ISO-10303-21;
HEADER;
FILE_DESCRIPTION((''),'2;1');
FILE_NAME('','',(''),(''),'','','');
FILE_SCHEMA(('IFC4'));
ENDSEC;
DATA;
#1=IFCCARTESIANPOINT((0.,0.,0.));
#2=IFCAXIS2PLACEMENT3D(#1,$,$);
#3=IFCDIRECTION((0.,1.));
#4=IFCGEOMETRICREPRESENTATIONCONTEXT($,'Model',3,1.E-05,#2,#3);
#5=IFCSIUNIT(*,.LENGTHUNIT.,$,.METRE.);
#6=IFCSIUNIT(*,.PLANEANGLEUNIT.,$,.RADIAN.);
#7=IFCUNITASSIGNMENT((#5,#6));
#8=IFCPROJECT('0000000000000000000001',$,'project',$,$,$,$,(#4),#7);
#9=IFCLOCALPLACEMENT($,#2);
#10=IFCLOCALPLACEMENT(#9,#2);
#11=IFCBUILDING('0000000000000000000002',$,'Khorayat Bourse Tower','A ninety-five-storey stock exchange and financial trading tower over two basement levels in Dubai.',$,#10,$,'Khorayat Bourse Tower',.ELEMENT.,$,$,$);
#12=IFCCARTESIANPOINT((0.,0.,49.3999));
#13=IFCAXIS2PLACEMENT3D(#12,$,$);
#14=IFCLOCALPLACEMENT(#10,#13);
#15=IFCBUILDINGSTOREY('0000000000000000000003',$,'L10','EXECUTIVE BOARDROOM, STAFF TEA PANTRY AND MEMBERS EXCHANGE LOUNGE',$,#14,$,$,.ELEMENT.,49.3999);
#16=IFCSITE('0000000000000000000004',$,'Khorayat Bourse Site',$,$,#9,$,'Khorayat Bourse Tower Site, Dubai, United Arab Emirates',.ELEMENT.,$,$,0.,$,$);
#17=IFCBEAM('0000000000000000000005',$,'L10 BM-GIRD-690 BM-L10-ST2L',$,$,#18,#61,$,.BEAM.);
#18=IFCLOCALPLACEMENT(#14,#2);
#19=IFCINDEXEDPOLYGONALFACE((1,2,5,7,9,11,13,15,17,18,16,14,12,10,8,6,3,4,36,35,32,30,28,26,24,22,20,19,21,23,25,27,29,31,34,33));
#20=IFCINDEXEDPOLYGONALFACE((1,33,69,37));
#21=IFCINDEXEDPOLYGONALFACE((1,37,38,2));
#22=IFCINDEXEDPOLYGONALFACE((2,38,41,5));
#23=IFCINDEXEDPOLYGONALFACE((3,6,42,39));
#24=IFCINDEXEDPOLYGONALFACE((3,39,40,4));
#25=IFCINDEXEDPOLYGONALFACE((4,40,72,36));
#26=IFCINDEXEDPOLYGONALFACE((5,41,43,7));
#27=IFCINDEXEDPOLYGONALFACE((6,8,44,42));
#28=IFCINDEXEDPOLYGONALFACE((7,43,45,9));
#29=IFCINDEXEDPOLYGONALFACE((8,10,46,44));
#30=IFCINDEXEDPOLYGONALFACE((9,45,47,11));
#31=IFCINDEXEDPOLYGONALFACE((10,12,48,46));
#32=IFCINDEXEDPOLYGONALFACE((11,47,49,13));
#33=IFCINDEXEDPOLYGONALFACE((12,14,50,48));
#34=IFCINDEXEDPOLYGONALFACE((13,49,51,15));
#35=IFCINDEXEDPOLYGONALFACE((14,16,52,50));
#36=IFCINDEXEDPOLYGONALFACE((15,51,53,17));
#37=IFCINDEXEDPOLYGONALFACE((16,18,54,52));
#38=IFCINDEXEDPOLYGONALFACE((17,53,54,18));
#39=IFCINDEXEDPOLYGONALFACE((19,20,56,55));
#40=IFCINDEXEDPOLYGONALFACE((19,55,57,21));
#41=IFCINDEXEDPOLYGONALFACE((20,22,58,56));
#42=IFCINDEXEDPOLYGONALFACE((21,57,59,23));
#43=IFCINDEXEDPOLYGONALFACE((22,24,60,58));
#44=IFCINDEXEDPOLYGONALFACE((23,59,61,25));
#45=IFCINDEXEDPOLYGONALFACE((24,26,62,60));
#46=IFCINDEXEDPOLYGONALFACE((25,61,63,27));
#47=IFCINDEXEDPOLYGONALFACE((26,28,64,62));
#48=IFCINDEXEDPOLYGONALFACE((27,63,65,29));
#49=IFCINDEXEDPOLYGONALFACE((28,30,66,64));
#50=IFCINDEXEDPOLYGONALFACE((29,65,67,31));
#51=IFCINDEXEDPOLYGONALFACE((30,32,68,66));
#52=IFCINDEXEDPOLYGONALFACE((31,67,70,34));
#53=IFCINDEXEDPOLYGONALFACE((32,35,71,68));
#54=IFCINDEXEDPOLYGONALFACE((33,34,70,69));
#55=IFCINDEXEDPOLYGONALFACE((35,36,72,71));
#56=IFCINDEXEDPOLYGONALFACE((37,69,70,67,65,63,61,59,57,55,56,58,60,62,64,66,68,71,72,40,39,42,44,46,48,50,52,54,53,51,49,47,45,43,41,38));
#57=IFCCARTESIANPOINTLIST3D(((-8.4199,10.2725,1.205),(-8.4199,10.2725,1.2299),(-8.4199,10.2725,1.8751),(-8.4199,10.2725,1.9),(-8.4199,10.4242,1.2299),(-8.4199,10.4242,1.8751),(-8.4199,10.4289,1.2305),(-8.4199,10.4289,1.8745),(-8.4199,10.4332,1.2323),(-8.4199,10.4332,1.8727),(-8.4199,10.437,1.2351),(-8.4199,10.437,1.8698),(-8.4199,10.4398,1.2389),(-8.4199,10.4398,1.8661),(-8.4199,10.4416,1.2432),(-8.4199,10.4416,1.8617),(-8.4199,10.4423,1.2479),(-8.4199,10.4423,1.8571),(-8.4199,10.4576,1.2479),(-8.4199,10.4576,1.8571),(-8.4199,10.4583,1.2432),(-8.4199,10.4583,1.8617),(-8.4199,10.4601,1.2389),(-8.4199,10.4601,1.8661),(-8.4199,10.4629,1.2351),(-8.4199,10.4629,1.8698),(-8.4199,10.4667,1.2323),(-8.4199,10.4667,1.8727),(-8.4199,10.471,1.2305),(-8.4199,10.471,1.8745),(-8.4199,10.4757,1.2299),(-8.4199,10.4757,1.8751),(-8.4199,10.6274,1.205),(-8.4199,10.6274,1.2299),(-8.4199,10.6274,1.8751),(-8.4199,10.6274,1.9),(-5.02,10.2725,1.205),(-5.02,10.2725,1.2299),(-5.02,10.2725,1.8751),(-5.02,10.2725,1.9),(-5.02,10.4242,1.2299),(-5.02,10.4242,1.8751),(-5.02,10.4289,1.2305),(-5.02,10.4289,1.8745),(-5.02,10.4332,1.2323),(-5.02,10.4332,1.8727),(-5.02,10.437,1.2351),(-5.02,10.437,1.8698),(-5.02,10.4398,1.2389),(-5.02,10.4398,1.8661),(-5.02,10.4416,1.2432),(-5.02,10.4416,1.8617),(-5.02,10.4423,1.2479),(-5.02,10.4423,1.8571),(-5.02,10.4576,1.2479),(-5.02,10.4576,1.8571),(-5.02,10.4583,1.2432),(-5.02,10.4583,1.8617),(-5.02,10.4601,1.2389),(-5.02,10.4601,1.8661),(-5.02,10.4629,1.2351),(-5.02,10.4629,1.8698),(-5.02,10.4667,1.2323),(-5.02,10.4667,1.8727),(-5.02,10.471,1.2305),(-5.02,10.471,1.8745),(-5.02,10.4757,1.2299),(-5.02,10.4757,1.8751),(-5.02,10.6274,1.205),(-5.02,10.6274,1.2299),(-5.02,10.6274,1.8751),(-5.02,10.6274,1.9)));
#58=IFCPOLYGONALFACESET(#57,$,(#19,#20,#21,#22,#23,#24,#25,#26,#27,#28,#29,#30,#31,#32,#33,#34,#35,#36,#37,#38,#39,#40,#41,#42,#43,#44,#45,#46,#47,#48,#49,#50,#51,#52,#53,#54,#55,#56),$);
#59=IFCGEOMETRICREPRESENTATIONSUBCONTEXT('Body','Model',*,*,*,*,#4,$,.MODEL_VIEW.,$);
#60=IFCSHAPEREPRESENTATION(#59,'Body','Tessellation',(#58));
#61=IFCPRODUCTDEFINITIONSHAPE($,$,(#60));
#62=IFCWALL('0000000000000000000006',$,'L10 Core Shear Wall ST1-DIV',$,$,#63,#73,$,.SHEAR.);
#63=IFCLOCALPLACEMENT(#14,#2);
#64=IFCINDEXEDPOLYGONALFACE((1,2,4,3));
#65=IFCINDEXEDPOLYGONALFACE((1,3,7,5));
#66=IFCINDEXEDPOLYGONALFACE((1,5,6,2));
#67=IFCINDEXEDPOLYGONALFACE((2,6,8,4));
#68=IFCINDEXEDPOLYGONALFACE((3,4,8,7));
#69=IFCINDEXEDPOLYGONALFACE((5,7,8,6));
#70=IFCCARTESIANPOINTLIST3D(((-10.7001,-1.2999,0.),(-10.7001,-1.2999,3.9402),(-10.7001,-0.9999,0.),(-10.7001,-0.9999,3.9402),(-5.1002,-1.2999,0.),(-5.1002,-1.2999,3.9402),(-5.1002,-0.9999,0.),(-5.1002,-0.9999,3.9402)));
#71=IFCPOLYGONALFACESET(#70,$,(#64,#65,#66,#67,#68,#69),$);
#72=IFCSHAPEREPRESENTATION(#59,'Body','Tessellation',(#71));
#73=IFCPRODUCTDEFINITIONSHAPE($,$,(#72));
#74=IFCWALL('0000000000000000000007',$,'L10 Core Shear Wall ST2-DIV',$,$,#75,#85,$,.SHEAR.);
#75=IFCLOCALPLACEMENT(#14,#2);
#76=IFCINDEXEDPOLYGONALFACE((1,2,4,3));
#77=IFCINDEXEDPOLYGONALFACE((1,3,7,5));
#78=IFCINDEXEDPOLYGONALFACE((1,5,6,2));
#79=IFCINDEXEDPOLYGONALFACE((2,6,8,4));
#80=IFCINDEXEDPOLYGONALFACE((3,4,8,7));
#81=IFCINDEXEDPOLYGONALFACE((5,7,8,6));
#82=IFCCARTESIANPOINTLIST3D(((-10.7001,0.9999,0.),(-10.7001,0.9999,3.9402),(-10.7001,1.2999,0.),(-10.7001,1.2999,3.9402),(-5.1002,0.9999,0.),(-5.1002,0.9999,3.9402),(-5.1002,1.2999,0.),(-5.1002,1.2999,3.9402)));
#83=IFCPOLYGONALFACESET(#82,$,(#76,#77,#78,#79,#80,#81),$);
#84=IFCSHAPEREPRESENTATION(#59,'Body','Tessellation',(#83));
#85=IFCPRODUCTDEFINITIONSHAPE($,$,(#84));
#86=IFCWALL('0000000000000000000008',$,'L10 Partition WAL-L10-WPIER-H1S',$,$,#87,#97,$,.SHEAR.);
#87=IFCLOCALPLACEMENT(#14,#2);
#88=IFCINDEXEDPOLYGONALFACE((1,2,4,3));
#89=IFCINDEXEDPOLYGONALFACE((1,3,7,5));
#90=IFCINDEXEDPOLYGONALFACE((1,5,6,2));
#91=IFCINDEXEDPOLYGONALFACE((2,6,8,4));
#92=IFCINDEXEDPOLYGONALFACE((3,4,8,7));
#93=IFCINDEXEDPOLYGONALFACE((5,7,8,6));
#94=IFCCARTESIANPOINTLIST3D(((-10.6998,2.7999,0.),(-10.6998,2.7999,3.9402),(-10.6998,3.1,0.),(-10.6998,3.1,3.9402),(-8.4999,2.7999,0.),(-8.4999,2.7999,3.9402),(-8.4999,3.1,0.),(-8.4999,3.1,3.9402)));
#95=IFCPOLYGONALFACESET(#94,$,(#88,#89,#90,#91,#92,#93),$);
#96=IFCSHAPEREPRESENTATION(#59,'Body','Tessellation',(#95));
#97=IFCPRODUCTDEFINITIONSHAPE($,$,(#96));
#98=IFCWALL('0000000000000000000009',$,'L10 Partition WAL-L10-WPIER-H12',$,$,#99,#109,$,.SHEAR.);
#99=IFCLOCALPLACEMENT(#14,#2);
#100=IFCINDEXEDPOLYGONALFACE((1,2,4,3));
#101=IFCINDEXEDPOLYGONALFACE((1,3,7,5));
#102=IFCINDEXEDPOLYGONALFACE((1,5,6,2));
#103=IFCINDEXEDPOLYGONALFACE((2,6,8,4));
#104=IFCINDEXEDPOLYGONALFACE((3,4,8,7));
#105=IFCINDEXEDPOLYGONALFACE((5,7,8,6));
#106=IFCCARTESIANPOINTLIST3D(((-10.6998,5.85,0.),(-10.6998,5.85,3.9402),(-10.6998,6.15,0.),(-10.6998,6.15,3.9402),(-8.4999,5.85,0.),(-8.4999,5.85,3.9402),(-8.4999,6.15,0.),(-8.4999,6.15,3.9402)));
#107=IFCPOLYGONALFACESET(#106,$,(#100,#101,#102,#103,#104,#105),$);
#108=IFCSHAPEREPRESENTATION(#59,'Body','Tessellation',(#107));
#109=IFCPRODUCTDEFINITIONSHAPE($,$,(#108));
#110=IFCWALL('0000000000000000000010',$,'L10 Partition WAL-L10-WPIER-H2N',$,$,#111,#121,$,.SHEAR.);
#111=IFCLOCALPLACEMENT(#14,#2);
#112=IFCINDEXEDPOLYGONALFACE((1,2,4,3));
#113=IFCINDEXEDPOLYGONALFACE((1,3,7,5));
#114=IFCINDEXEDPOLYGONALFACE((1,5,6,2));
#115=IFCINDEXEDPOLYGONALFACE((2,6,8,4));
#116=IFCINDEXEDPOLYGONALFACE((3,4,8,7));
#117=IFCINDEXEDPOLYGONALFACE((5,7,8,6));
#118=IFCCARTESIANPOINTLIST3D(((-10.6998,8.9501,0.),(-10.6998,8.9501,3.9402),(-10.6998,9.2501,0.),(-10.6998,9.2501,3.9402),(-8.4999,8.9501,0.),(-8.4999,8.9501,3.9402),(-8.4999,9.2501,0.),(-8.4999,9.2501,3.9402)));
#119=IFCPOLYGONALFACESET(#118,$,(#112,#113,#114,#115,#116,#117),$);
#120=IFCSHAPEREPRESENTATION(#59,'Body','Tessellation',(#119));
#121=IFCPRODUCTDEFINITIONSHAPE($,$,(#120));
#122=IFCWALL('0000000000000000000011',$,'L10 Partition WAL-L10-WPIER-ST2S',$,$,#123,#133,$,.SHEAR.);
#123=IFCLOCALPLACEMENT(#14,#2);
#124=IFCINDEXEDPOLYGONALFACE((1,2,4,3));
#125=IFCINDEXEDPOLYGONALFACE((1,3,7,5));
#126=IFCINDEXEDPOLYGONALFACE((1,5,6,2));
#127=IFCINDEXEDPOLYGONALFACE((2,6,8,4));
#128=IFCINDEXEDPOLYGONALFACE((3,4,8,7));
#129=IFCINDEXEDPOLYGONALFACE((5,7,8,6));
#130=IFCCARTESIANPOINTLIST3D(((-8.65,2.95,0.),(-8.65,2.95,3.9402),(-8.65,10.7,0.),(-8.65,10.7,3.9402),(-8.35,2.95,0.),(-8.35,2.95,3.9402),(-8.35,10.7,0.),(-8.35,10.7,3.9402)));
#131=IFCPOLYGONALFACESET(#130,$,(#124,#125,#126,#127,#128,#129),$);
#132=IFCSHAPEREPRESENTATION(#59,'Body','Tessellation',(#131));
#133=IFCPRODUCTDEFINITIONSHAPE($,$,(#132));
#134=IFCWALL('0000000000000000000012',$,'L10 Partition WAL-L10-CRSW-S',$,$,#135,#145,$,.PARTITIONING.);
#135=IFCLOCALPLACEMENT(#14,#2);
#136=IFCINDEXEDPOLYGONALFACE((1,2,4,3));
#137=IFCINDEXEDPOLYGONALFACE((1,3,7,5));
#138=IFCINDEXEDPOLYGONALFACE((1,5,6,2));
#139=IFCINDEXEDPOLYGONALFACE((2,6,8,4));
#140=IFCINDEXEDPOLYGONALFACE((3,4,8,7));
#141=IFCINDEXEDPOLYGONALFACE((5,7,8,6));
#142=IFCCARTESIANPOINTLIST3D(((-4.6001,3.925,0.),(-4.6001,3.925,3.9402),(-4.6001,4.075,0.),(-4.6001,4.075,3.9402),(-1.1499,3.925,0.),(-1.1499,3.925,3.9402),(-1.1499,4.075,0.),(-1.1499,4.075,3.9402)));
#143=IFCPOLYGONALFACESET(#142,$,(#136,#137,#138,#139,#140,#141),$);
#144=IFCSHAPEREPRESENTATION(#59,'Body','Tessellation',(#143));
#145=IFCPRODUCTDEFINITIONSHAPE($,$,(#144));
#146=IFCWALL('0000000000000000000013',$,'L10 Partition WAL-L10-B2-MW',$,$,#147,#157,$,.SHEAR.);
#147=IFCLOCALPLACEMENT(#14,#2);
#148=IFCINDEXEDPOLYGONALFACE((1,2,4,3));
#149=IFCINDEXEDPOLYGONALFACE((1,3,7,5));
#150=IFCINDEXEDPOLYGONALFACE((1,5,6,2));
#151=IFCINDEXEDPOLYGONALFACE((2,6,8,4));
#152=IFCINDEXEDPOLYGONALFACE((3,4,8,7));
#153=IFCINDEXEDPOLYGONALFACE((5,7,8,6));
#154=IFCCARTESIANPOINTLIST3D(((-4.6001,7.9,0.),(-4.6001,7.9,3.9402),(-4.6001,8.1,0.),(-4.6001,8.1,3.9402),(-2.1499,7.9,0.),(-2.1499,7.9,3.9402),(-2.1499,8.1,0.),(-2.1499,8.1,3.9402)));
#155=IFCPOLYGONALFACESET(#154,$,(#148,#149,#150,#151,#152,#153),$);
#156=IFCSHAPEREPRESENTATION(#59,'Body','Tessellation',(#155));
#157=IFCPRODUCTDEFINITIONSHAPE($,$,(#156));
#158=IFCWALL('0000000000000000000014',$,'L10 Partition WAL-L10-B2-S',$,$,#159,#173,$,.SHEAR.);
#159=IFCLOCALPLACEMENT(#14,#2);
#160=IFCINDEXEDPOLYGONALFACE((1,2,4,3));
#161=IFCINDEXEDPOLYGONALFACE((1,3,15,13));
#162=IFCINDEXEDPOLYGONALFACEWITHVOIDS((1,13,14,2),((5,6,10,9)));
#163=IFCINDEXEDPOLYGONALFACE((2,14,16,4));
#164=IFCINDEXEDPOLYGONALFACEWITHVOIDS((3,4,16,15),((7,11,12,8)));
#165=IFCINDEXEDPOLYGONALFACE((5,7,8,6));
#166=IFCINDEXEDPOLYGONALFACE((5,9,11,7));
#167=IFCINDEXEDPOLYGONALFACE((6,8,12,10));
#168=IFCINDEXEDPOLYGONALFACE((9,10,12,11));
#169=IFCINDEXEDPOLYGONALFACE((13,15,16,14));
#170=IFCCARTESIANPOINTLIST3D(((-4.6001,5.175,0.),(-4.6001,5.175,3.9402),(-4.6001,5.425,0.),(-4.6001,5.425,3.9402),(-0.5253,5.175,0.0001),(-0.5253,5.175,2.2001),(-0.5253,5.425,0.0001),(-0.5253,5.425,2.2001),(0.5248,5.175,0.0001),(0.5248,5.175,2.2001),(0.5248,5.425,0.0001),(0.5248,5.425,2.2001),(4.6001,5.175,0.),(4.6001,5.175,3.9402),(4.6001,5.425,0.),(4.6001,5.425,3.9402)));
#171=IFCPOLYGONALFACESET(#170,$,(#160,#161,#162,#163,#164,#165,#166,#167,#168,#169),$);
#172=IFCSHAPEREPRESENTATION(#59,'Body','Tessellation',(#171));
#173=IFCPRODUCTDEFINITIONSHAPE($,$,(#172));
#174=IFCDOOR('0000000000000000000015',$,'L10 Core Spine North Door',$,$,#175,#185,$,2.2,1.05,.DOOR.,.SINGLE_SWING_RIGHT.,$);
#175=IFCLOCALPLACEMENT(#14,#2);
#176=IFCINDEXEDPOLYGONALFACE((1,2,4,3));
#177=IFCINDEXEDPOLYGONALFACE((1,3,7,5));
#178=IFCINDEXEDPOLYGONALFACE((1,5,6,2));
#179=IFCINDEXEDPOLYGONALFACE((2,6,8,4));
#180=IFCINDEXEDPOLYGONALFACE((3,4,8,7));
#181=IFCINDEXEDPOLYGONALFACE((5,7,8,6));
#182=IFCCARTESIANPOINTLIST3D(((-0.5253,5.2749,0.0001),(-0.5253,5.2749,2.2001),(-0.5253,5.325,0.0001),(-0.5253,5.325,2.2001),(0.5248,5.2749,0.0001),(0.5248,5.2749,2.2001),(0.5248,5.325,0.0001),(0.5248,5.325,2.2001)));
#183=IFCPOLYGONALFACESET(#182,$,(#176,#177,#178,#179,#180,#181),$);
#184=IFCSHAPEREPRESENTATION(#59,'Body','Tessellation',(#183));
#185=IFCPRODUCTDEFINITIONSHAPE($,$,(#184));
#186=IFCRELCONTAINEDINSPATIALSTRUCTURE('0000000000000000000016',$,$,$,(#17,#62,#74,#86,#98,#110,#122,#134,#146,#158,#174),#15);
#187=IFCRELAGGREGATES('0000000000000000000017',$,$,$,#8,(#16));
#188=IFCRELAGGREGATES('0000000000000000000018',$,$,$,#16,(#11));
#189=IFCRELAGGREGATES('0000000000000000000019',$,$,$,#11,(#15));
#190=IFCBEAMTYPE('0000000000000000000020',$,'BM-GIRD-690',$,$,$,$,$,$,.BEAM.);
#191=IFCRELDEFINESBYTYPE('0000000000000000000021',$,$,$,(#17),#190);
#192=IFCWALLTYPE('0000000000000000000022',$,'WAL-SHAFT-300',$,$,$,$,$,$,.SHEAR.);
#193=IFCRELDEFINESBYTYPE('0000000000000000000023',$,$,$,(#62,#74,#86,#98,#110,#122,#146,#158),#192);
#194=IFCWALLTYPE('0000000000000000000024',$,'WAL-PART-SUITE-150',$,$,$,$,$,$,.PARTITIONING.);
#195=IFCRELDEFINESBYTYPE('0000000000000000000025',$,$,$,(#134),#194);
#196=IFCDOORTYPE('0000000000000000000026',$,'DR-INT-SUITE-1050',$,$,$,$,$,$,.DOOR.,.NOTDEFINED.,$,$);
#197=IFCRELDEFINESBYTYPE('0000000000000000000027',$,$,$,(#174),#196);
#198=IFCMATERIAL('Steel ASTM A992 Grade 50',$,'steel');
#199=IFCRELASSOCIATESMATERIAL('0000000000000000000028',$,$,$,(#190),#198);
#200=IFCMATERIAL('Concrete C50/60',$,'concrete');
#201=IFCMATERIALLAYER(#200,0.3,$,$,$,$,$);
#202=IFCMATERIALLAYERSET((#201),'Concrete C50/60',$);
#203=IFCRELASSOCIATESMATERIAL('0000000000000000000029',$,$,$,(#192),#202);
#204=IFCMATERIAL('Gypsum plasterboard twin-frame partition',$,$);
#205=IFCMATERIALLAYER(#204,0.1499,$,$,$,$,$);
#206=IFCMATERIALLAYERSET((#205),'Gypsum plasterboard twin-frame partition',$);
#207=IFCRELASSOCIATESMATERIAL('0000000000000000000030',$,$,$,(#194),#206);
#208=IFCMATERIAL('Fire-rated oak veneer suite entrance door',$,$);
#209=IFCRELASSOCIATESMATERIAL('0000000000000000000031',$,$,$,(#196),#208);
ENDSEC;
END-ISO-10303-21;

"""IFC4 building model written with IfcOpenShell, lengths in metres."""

from ifc_helpers import new_model, si_unit, direction, frame, frame_2d, origin, origin_2d, place, context, subcontext, project, spatial, rectangle, i_section, extrude, source, transform, mapped, material, layer, layer_set, material_profile, profile_set, type_object, element, fill, save


model = new_model("IFC4")

# Units and contexts
model_context = context("Model", 3, precision=1e-05, world=origin(), true_north=direction((0.0, 1.0)))
body_context = subcontext(model_context, "Body", "Model", "MODEL_VIEW")
ifc_project = project(units=[si_unit("LENGTHUNIT", "METRE"), si_unit("PLANEANGLEUNIT", "RADIAN")], contexts=[model_context])

# Site, building, storey
site_placement = place(None, origin())
site = spatial("IfcSite", under=ifc_project, at=site_placement, Name="Khorayat Bourse Site", LongName="Khorayat Bourse Tower Site, Dubai, United Arab Emirates", CompositionType="ELEMENT", RefElevation=0.0)
building_placement = place(site_placement, origin())
building = spatial("IfcBuilding", under=site, at=building_placement, Name="Khorayat Bourse Tower", Description="A ninety-five-storey stock exchange and financial trading tower over two basement levels in Dubai.", LongName="Khorayat Bourse Tower", CompositionType="ELEMENT")
storey_placement = place(building_placement, frame((0.0, 0.0, 49.3999)))
storey = spatial("IfcBuildingStorey", under=building, at=storey_placement, Name="L10", Description="EXECUTIVE BOARDROOM, STAFF TEA PANTRY AND MEMBERS EXCHANGE LOUNGE", CompositionType="ELEMENT", Elevation=49.3999)

# Beam
ifc_material_1 = material(Name="Steel ASTM A992 Grade 50", Category="steel")
ifc_material_profile_1 = material_profile(ifc_material_1, i_section(OverallWidth=0.355, OverallDepth=0.6951, WebThickness=0.0154, FlangeThickness=0.0249, FilletRadius=0.0181, at=origin_2d()), Name="W690X217")
ifc_profile_set_1 = profile_set([ifc_material_profile_1], Name="Steel ASTM A992 Grade 50")
beam_type_1 = type_object("IfcBeamType", Name="BM-GIRD-690", PredefinedType="BEAM", material=ifc_profile_set_1)
shared_shape_1 = source(origin(), body_context, "Body", "SweptSolid", [
    extrude(i_section(OverallWidth=0.355, OverallDepth=0.6951, WebThickness=0.0154, FlangeThickness=0.0249, FilletRadius=0.0181, at=origin_2d()), origin(), (0.0, 0.0, 1.0), 3.3999),
])
beam_1_placement = place(storey_placement, frame((-8.4199, 10.45, 1.5525), z_axis=(1.0, 0.0, 0.0), x_axis=(0.0, 1.0, 0.0)))
element("IfcBeam", 1, at=beam_1_placement, inside=storey, type_object=beam_type_1, Name="L10 BM-GIRD-690 BM-L10-ST2L", PredefinedType="BEAM", context=body_context, shape_type="MappedRepresentation", body=[
    mapped(shared_shape_1, transform((0.0, 0.0, 0.0), scale=1.0)),
])

# Walls
ifc_material_2 = material(Name="Concrete C50/60", Category="concrete")
ifc_layer_1 = layer(ifc_material_2, 0.3)
ifc_layer_set_1 = layer_set([ifc_layer_1], Name="Concrete C50/60")
wall_type_1 = type_object("IfcWallType", Name="WAL-SHAFT-300", PredefinedType="SHEAR", material=ifc_layer_set_1)
shared_shape_2 = source(origin(), body_context, "Body", "SweptSolid", [
    extrude(rectangle(XDim=5.5999, YDim=0.3, at=frame_2d((2.7998, 0.0))), origin(), (0.0, 0.0, 1.0), 3.9402),
])
for number, where, z_axis, x_axis, name in (
    (2, (-10.7, -1.1499, 0.0), (0.0, 0.0, 1.0), (1.0, 0.0, 0.0), "L10 Core Shear Wall ST1-DIV"),
    (3, (-10.7, 1.1499, 0.0), (0.0, 0.0, 1.0), (1.0, 0.0, 0.0), "L10 Core Shear Wall ST2-DIV"),
):
    element("IfcWall", number, at=place(storey_placement, frame(where, z_axis=z_axis, x_axis=x_axis)), inside=storey, type_object=wall_type_1, Name=name, PredefinedType="SHEAR", context=body_context, shape_type="MappedRepresentation", body=[
        mapped(shared_shape_2, transform((0.0, 0.0, 0.0), scale=1.0)),
    ])
shared_shape_3 = source(origin(), body_context, "Body", "SweptSolid", [
    extrude(rectangle(XDim=2.2, YDim=0.3, at=frame_2d((1.1001, 0.0))), origin(), (0.0, 0.0, 1.0), 3.9402),
])
for number, where, z_axis, x_axis, name in (
    (4, (-10.7, 2.95, 0.0), (0.0, 0.0, 1.0), (1.0, 0.0, 0.0), "L10 Partition WAL-L10-WPIER-H1S"),
    (5, (-10.7, 6.0, 0.0), (0.0, 0.0, 1.0), (1.0, 0.0, 0.0), "L10 Partition WAL-L10-WPIER-H12"),
    (6, (-10.7, 9.1001, 0.0), (0.0, 0.0, 1.0), (1.0, 0.0, 0.0), "L10 Partition WAL-L10-WPIER-H2N"),
):
    element("IfcWall", number, at=place(storey_placement, frame(where, z_axis=z_axis, x_axis=x_axis)), inside=storey, type_object=wall_type_1, Name=name, PredefinedType="SHEAR", context=body_context, shape_type="MappedRepresentation", body=[
        mapped(shared_shape_3, transform((0.0, 0.0, 0.0), scale=1.0)),
    ])
shared_shape_4 = source(origin(), body_context, "Body", "SweptSolid", [
    extrude(rectangle(XDim=7.75, YDim=0.3, at=frame_2d((3.875, 0.0))), origin(), (0.0, 0.0, 1.0), 3.9402),
])
wall_1_placement = place(storey_placement, frame((-8.5, 2.95, 0.0), z_axis=(0.0, 0.0, 1.0), x_axis=(0.0, 1.0, 0.0)))
element("IfcWall", 7, at=wall_1_placement, inside=storey, type_object=wall_type_1, Name="L10 Partition WAL-L10-WPIER-ST2S", PredefinedType="SHEAR", context=body_context, shape_type="MappedRepresentation", body=[
    mapped(shared_shape_4, transform((0.0, 0.0, 0.0), scale=1.0)),
])
ifc_material_3 = material(Name="Gypsum plasterboard twin-frame partition")
ifc_layer_2 = layer(ifc_material_3, 0.1499)
ifc_layer_set_2 = layer_set([ifc_layer_2], Name="Gypsum plasterboard twin-frame partition")
wall_type_2 = type_object("IfcWallType", Name="WAL-PART-SUITE-150", PredefinedType="PARTITIONING", material=ifc_layer_set_2)
shared_shape_5 = source(origin(), body_context, "Body", "SweptSolid", [
    extrude(rectangle(XDim=3.4502, YDim=0.1499, at=frame_2d((1.7251, 0.0))), origin(), (0.0, 0.0, 1.0), 3.9402),
])
wall_2_placement = place(storey_placement, frame((-4.6001, 4.0, 0.0), z_axis=(0.0, 0.0, 1.0), x_axis=(1.0, 0.0, 0.0)))
element("IfcWall", 8, at=wall_2_placement, inside=storey, type_object=wall_type_2, Name="L10 Partition WAL-L10-CRSW-S", PredefinedType="PARTITIONING", context=body_context, shape_type="MappedRepresentation", body=[
    mapped(shared_shape_5, transform((0.0, 0.0, 0.0), scale=1.0)),
])
shared_shape_6 = source(origin(), body_context, "Body", "SweptSolid", [
    extrude(rectangle(XDim=2.4502, YDim=0.2, at=frame_2d((1.2251, 0.0))), origin(), (0.0, 0.0, 1.0), 3.9402),
])
wall_3_placement = place(storey_placement, frame((-4.6001, 8.0, 0.0), z_axis=(0.0, 0.0, 1.0), x_axis=(1.0, 0.0, 0.0)))
element("IfcWall", 9, at=wall_3_placement, inside=storey, type_object=wall_type_1, Name="L10 Partition WAL-L10-B2-MW", PredefinedType="SHEAR", context=body_context, shape_type="MappedRepresentation", body=[
    mapped(shared_shape_6, transform((0.0, 0.0, 0.0), scale=1.0)),
])

# Wall, opening, door
shared_shape_7 = source(origin(), body_context, "Body", "SweptSolid", [
    extrude(rectangle(XDim=9.2002, YDim=0.25, at=frame_2d((4.6001, 0.0))), origin(), (0.0, 0.0, 1.0), 3.9402),
])
wall_4_placement = place(storey_placement, frame((-4.6001, 5.3, 0.0), z_axis=(0.0, 0.0, 1.0), x_axis=(1.0, 0.0, 0.0)))
wall_4 = element("IfcWall", 10, at=wall_4_placement, inside=storey, type_object=wall_type_1, Name="L10 Partition WAL-L10-B2-S", PredefinedType="SHEAR", context=body_context, shape_type="MappedRepresentation", body=[
    mapped(shared_shape_7, transform((0.0, 0.0, 0.0), scale=1.0)),
])
shared_shape_8 = source(origin(), body_context, "Body", "SweptSolid", [
    extrude(rectangle(XDim=1.05, YDim=2.2, at=frame_2d((0.5249, 1.1001))), frame((0.0, 0.135, 0.0), z_axis=(0.0, -1.0, 0.0), x_axis=(1.0, 0.0, 0.0)), (0.0, 0.0, 1.0), 0.27),
])
opening_placement = place(wall_4_placement, frame((4.075, 0.0, 0.0)))
opening = element("IfcOpeningElement", 11, at=opening_placement, cuts=wall_4, PredefinedType="OPENING", context=body_context, shape_type="MappedRepresentation", body=[
    mapped(shared_shape_8, transform((0.0, 0.0, 0.0), scale=1.0)),
])
ifc_material_4 = material(Name="Fire-rated oak veneer suite entrance door")
door_type = type_object("IfcDoorType", Name="DR-INT-SUITE-1050", OperationType="NOTDEFINED", PredefinedType="DOOR", material=ifc_material_4)
shared_shape_9 = source(origin(), body_context, "Body", "SweptSolid", [
    extrude(rectangle(XDim=1.05, YDim=2.2, at=frame_2d((0.5249, 1.1001))), frame((0.0, 0.0249, 0.0), z_axis=(0.0, -1.0, 0.0), x_axis=(1.0, 0.0, 0.0)), (0.0, 0.0, 1.0), 0.05),
])
door_placement = place(opening_placement, origin())
door = element("IfcDoor", 12, at=door_placement, inside=storey, type_object=door_type, Name="L10 Core Spine North Door", OperationType="SINGLE_SWING_RIGHT", OverallHeight=2.2, OverallWidth=1.05, PredefinedType="DOOR", context=body_context, shape_type="MappedRepresentation", body=[
    mapped(shared_shape_9, transform((0.0, 0.0, 0.0), scale=1.0)),
])
fill(opening, door)

save(model, "model.ifc")
